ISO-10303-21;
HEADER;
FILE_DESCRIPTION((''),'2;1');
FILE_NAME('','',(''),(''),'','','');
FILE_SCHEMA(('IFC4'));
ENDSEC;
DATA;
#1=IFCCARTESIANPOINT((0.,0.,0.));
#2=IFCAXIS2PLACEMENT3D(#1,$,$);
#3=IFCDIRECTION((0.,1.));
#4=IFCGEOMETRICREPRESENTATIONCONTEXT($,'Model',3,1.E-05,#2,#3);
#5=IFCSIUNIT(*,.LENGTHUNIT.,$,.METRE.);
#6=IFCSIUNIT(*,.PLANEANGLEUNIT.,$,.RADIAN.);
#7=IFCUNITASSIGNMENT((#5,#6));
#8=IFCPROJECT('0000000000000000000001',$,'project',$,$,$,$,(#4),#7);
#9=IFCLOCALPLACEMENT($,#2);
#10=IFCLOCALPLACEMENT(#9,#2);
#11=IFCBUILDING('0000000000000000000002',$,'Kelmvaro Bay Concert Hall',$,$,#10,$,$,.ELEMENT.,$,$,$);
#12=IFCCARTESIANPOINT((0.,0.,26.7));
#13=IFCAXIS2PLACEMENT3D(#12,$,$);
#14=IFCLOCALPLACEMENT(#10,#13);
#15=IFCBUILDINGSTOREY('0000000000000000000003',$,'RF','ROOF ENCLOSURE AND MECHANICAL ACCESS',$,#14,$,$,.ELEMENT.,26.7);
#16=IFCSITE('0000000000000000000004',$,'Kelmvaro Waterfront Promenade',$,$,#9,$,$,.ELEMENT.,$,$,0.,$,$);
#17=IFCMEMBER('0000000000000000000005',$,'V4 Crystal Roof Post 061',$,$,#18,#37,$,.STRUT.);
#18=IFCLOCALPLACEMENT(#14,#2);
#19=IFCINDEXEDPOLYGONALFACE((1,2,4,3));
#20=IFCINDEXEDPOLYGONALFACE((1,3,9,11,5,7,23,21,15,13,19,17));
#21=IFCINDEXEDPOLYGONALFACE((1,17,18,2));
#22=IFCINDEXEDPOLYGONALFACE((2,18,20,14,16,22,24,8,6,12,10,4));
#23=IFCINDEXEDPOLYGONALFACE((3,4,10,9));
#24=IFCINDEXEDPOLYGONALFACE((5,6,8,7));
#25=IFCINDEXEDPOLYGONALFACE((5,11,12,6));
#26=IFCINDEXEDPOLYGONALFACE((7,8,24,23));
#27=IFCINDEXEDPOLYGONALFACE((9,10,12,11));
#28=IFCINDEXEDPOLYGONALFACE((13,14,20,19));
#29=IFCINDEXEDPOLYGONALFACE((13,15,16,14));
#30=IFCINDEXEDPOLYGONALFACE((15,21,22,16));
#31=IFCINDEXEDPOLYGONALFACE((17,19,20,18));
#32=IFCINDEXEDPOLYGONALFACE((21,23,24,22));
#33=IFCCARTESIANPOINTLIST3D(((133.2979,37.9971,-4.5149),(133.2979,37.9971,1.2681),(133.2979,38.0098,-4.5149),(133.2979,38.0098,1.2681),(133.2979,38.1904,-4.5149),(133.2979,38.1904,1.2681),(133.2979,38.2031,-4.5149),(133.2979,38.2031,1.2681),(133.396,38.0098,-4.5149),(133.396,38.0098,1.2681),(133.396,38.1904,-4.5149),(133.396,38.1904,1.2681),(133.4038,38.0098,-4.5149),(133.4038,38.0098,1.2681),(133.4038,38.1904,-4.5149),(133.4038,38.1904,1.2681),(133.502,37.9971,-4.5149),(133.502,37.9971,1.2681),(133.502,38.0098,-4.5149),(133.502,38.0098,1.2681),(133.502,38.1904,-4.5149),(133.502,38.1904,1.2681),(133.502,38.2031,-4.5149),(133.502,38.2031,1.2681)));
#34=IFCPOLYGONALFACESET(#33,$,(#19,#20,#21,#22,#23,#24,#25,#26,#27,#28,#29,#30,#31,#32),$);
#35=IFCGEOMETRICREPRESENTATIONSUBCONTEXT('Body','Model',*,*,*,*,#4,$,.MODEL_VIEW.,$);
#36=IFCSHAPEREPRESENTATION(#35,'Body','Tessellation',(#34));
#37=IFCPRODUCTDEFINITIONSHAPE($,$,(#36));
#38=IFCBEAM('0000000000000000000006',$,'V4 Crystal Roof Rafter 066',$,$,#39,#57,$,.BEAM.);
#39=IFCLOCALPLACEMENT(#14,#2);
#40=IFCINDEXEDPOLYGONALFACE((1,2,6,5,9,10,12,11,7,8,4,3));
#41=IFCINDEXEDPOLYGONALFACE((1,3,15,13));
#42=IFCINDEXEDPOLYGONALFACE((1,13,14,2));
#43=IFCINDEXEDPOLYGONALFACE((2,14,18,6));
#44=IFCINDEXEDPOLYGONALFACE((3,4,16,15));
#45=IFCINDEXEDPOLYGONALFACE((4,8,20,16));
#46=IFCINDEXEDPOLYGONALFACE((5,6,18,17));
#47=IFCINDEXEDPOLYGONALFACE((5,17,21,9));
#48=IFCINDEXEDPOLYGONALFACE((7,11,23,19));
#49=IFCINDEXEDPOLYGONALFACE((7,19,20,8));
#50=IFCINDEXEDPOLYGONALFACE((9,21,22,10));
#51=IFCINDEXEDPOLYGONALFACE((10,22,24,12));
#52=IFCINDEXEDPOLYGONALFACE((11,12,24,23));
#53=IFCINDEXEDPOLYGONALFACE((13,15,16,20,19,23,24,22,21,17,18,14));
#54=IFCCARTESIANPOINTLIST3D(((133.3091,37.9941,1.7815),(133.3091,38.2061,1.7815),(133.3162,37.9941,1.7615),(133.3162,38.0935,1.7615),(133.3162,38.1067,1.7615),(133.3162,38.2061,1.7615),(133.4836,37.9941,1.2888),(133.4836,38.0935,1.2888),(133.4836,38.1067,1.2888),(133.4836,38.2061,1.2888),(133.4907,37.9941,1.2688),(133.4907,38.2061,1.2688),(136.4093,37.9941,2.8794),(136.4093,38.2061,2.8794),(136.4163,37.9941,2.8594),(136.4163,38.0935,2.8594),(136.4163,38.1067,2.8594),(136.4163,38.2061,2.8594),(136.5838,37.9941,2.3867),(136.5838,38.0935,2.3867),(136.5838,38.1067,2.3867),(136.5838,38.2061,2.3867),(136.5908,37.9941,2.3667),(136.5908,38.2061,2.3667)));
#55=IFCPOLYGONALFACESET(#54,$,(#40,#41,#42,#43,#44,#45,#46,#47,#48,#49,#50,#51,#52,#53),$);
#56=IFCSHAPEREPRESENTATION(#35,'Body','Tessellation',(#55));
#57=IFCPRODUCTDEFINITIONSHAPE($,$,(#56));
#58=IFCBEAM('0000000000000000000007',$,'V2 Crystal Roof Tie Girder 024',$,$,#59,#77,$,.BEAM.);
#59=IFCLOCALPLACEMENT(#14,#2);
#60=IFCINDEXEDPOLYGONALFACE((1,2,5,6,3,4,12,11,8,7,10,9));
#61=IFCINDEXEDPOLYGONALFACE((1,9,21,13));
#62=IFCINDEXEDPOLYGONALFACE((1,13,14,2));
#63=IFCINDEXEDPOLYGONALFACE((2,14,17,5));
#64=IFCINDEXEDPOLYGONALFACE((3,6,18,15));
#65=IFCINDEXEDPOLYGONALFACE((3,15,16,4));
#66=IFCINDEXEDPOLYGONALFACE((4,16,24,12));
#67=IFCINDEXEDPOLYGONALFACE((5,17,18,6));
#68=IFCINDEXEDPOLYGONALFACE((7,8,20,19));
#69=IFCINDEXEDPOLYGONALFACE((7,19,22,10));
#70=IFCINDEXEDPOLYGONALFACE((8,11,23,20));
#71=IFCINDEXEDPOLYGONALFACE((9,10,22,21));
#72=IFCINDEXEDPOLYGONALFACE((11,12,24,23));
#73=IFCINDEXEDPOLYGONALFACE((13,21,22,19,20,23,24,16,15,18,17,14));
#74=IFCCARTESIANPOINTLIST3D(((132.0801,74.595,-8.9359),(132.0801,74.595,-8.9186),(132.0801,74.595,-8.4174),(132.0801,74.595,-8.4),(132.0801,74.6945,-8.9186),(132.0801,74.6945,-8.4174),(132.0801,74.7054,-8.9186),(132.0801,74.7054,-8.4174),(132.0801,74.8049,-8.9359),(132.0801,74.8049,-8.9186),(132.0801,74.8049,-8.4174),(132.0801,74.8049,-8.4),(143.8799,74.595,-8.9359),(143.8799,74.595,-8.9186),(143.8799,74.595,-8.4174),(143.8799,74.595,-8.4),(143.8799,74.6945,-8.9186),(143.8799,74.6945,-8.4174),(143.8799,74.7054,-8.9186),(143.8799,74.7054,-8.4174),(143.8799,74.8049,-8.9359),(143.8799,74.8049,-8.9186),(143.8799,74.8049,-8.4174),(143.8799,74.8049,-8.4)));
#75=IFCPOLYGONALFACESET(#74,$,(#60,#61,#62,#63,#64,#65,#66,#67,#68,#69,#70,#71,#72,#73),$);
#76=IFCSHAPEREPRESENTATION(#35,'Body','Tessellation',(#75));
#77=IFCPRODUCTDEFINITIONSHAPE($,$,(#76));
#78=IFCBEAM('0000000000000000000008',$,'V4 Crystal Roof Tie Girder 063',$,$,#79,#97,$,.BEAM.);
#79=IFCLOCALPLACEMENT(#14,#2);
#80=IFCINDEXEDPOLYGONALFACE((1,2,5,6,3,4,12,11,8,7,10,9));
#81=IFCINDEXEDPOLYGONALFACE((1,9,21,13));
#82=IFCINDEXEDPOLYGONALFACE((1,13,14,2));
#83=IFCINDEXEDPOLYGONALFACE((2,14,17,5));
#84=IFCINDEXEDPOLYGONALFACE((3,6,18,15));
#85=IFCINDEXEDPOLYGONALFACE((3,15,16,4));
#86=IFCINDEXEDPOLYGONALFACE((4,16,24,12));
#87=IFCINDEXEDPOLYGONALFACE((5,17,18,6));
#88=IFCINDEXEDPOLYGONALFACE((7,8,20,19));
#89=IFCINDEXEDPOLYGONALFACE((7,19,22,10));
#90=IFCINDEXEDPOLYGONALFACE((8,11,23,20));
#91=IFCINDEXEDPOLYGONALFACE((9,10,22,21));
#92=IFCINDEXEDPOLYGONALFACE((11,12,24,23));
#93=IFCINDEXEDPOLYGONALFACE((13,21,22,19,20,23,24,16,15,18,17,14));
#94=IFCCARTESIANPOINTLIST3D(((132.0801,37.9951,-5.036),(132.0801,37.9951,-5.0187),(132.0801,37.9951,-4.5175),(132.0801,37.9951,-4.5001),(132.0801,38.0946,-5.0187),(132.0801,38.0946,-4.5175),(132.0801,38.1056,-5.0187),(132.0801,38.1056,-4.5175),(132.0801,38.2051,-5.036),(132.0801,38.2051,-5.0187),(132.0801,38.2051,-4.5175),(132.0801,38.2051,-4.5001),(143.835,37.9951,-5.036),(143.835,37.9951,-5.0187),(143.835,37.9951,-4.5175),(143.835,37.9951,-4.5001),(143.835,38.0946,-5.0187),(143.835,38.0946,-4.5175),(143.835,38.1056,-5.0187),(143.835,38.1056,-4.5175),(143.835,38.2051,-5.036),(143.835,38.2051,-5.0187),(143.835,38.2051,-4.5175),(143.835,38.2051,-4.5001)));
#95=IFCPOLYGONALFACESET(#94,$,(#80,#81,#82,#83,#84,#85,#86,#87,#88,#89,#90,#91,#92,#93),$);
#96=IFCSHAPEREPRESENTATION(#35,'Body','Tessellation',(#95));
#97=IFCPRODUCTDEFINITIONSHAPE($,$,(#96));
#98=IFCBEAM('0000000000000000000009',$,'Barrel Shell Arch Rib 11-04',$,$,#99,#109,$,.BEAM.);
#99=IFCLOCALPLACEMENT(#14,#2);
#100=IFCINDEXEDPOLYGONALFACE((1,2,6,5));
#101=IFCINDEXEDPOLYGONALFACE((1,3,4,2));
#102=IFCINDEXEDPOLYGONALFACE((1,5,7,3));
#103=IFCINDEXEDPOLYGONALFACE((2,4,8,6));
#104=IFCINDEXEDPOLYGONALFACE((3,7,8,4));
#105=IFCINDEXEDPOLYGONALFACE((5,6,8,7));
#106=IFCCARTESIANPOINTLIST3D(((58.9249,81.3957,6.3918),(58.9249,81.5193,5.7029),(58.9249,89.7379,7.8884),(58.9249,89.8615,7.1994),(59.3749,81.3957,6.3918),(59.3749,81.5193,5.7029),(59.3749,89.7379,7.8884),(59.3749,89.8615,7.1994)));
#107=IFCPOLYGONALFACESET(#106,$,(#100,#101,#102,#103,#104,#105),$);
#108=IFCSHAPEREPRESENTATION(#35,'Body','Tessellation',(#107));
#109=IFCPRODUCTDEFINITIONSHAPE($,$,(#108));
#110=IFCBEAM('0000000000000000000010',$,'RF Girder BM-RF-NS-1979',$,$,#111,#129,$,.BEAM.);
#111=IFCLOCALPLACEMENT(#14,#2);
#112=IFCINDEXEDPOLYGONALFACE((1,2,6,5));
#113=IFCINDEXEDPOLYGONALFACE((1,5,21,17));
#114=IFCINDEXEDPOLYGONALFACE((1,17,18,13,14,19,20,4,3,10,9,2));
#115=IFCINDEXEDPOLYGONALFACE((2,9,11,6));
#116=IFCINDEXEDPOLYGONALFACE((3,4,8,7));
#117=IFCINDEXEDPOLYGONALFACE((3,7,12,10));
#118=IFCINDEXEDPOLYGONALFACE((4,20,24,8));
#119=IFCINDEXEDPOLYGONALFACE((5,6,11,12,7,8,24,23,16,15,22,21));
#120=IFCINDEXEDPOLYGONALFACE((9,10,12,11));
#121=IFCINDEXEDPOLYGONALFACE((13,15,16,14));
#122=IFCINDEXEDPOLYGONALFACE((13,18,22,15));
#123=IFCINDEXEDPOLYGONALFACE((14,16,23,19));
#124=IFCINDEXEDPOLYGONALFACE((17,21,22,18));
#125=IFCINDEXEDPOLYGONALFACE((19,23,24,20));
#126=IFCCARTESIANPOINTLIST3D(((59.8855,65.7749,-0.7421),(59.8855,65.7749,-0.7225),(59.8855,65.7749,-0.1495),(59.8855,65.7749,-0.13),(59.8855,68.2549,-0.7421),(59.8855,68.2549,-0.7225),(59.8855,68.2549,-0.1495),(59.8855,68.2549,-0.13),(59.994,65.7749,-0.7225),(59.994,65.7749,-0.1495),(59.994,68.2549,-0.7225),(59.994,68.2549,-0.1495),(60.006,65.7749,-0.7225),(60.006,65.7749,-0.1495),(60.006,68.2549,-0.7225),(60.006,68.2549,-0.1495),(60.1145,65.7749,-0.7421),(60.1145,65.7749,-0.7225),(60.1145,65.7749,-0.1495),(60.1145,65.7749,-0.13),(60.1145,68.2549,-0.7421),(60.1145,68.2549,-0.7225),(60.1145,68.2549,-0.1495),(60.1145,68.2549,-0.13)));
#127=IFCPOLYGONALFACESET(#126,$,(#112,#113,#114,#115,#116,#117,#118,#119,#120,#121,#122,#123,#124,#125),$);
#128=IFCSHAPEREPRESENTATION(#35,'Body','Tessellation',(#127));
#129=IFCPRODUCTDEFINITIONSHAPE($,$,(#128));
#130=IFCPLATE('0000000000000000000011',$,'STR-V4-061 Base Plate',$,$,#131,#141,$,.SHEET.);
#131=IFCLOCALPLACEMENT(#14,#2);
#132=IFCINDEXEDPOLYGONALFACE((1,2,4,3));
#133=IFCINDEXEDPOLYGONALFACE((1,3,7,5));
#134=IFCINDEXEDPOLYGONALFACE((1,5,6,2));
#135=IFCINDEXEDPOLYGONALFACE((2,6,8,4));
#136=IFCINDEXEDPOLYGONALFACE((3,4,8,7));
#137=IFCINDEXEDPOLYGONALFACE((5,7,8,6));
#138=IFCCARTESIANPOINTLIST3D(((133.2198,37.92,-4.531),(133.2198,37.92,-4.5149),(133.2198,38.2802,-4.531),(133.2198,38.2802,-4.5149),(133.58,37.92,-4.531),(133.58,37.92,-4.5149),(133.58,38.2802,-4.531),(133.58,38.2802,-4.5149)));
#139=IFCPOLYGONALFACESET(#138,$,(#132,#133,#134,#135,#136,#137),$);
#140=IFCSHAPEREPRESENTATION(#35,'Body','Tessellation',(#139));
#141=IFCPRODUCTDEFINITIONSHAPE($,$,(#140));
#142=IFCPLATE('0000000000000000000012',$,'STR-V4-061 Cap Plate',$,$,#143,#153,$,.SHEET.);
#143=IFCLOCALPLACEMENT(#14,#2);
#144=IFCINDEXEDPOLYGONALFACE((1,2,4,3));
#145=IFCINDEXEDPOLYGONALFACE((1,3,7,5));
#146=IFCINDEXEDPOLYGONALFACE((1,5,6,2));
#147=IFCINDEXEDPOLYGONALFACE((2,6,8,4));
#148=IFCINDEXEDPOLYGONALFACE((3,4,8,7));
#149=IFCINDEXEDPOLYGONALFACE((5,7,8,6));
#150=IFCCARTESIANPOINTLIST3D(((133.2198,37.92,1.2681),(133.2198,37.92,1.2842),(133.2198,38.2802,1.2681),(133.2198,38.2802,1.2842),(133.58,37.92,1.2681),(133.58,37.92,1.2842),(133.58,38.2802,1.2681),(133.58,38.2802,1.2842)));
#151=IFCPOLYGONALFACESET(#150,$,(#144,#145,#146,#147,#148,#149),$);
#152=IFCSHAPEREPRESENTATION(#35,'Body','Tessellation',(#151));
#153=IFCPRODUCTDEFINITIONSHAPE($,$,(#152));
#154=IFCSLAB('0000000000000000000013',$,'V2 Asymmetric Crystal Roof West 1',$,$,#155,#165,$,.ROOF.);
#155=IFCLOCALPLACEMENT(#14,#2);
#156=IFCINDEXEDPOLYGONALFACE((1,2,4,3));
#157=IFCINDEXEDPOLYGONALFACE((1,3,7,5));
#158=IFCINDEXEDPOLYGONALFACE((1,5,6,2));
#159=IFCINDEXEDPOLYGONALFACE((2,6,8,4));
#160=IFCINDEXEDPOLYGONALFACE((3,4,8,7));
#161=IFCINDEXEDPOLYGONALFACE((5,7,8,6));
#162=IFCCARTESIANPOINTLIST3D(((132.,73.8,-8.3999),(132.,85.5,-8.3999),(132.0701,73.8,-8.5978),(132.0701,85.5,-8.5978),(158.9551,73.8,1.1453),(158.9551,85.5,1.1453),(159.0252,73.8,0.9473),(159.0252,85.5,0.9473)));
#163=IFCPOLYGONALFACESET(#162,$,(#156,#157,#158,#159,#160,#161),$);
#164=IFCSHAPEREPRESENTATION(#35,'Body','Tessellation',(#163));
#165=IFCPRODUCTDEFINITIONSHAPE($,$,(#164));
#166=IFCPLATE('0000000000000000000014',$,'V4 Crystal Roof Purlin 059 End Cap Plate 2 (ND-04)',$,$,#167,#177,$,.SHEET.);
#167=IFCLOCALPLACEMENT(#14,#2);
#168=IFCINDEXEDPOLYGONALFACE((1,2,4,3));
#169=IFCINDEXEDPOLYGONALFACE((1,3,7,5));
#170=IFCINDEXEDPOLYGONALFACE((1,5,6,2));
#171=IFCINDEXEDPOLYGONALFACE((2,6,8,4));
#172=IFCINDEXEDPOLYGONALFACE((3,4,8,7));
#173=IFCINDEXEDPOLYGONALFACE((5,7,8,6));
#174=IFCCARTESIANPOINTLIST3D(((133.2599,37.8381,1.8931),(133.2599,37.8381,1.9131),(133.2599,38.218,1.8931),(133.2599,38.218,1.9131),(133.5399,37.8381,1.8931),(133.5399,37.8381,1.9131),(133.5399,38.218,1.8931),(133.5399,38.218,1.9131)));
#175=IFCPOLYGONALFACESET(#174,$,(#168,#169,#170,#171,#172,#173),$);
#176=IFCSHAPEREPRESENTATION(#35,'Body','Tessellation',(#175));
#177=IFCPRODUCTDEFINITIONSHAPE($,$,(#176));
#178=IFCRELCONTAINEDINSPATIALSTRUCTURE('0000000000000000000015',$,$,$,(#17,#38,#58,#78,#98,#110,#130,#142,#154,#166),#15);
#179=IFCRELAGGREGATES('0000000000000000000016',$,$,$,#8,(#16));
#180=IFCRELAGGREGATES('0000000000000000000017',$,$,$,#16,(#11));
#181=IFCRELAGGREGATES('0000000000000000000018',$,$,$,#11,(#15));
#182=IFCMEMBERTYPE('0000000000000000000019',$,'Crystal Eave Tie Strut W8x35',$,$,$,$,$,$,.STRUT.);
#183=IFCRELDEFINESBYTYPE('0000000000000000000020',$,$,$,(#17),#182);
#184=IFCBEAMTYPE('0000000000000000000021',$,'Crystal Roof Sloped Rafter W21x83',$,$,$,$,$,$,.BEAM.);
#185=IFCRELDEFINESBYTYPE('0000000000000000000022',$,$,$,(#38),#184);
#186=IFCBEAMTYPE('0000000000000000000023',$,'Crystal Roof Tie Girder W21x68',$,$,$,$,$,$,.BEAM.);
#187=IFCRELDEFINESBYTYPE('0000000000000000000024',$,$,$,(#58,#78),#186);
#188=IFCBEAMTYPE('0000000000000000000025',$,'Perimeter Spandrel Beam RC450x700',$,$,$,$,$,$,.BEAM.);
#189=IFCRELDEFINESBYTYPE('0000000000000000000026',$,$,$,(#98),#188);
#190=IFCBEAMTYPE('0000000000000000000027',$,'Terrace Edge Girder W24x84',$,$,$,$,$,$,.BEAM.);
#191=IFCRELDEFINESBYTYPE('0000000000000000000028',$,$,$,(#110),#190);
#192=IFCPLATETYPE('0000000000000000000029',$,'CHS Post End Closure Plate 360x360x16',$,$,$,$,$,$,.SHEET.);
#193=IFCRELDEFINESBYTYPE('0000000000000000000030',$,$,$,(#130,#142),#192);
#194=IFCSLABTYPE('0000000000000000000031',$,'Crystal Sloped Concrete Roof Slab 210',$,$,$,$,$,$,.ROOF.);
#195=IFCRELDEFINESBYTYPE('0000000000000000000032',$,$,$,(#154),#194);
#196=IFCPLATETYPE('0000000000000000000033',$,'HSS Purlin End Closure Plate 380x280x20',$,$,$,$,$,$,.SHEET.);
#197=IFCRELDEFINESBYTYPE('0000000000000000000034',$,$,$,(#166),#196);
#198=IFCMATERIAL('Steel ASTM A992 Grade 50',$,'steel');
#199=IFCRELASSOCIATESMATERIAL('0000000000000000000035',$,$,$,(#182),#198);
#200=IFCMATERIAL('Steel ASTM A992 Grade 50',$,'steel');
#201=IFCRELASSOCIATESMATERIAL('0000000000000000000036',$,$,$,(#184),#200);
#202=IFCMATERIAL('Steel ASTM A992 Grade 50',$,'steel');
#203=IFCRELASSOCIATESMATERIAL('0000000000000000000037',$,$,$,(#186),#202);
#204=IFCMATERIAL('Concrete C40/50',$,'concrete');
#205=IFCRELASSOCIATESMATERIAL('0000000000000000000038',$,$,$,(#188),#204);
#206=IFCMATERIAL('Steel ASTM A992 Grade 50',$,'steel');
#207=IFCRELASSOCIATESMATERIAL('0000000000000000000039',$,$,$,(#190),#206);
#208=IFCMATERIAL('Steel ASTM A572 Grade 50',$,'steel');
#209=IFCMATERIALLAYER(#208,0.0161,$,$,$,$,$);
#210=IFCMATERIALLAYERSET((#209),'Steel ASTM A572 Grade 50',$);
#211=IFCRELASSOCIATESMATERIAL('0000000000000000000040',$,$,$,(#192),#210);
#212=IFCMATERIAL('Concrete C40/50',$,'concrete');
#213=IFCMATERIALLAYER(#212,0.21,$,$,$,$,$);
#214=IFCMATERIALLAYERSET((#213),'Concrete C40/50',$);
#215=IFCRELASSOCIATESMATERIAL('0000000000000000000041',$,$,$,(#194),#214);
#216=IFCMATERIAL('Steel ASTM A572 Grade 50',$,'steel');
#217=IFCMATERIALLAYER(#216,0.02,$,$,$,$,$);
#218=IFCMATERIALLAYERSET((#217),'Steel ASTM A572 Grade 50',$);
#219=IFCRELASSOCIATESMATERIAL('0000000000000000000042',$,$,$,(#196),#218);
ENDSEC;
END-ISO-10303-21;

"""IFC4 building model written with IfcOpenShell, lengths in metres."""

from ifc_helpers import new_model, si_unit, direction, frame, origin, origin_2d, place, context, subcontext, project, spatial, polyline, rectangle, i_section, outline, extrude, material, layer, layer_set, material_profile, profile_set, type_object, element, save


model = new_model("IFC4")

# Units and contexts
model_context = context("Model", 3, precision=1e-05, world=origin(), true_north=direction((0.0, 1.0)))
body_context = subcontext(model_context, "Body", "Model", "MODEL_VIEW")
ifc_project = project(units=[si_unit("LENGTHUNIT", "METRE"), si_unit("PLANEANGLEUNIT", "RADIAN")], contexts=[model_context])

# Site, building, storey
site_placement = place(None, origin())
site = spatial("IfcSite", under=ifc_project, at=site_placement, Name="Kelmvaro Waterfront Promenade", CompositionType="ELEMENT", RefElevation=0.0)
building_placement = place(site_placement, origin())
building = spatial("IfcBuilding", under=site, at=building_placement, Name="Kelmvaro Bay Concert Hall", CompositionType="ELEMENT")
storey_placement = place(building_placement, frame((0.0, 0.0, 26.7)))
storey = spatial("IfcBuildingStorey", under=building, at=storey_placement, Name="RF", Description="ROOF ENCLOSURE AND MECHANICAL ACCESS", CompositionType="ELEMENT", Elevation=26.7)

# Member
ifc_material_1 = material(Name="Steel ASTM A992 Grade 50", Category="steel")
ifc_material_profile_1 = material_profile(ifc_material_1, i_section(OverallWidth=0.2041, OverallDepth=0.2061, WebThickness=0.0078, FlangeThickness=0.0127, at=origin_2d()), Name="W8X35")
ifc_profile_set_1 = profile_set([ifc_material_profile_1], Name="Steel ASTM A992 Grade 50")
member_type = type_object("IfcMemberType", Name="Crystal Eave Tie Strut W8x35", PredefinedType="STRUT", material=ifc_profile_set_1)
member_placement = place(storey_placement, frame((133.3999, 38.1001, -4.5149), z_axis=(0.0, 0.0, 1.0), x_axis=(1.0, 0.0, 0.0)))
element("IfcMember", 1, at=member_placement, inside=storey, type_object=member_type, Name="V4 Crystal Roof Post 061", PredefinedType="STRUT", context=body_context, shape_type="SweptSolid", body=[
    extrude(i_section(OverallWidth=0.2041, OverallDepth=0.2061, WebThickness=0.0078, FlangeThickness=0.0127, at=origin_2d()), origin(), (0.0, 0.0, 1.0), 5.783),
])

# Beams
ifc_material_2 = material(Name="Steel ASTM A992 Grade 50", Category="steel")
ifc_material_profile_2 = material_profile(ifc_material_2, i_section(OverallWidth=0.2119, OverallDepth=0.5439, WebThickness=0.0132, FlangeThickness=0.0212, at=origin_2d()), Name="W21X83")
ifc_profile_set_2 = profile_set([ifc_material_profile_2], Name="Steel ASTM A992 Grade 50")
beam_type_1 = type_object("IfcBeamType", Name="Crystal Roof Sloped Rafter W21x83", PredefinedType="BEAM", material=ifc_profile_set_2)
beam_1_placement = place(storey_placement, frame((133.3999, 38.1001, 1.5251), z_axis=(0.942632, 0.0, 0.333833), x_axis=(0.0, 1.0, 0.0)))
element("IfcBeam", 2, at=beam_1_placement, inside=storey, type_object=beam_type_1, Name="V4 Crystal Roof Rafter 066", PredefinedType="BEAM", context=body_context, shape_type="SweptSolid", body=[
    extrude(i_section(OverallWidth=0.2119, OverallDepth=0.5439, WebThickness=0.0132, FlangeThickness=0.0212, at=origin_2d()), origin(), (0.0, 0.0, 1.0), 3.2888),
])
ifc_material_3 = material(Name="Steel ASTM A992 Grade 50", Category="steel")
ifc_material_profile_3 = material_profile(ifc_material_3, i_section(OverallWidth=0.21, OverallDepth=0.5359, WebThickness=0.011, FlangeThickness=0.0173, at=origin_2d()), Name="W21X68")
ifc_profile_set_3 = profile_set([ifc_material_profile_3], Name="Steel ASTM A992 Grade 50")
beam_type_2 = type_object("IfcBeamType", Name="Crystal Roof Tie Girder W21x68", PredefinedType="BEAM", material=ifc_profile_set_3)
beam_2_placement = place(storey_placement, frame((132.0801, 74.7, -8.668), z_axis=(1.0, 0.0, 0.0), x_axis=(0.0, 1.0, 0.0)))
element("IfcBeam", 3, at=beam_2_placement, inside=storey, type_object=beam_type_2, Name="V2 Crystal Roof Tie Girder 024", PredefinedType="BEAM", context=body_context, shape_type="SweptSolid", body=[
    extrude(i_section(OverallWidth=0.21, OverallDepth=0.5359, WebThickness=0.011, FlangeThickness=0.0173, at=origin_2d()), origin(), (0.0, 0.0, 1.0), 11.7998),
])
beam_3_placement = place(storey_placement, frame((132.0801, 38.1001, -4.7681), z_axis=(1.0, 0.0, 0.0), x_axis=(0.0, 1.0, 0.0)))
element("IfcBeam", 4, at=beam_3_placement, inside=storey, type_object=beam_type_2, Name="V4 Crystal Roof Tie Girder 063", PredefinedType="BEAM", context=body_context, shape_type="SweptSolid", body=[
    extrude(i_section(OverallWidth=0.21, OverallDepth=0.5359, WebThickness=0.011, FlangeThickness=0.0173, at=origin_2d()), origin(), (0.0, 0.0, 1.0), 11.7549),
])
ifc_material_4 = material(Name="Concrete C40/50", Category="concrete")
ifc_material_profile_4 = material_profile(ifc_material_4, rectangle(XDim=0.45, YDim=0.7, at=origin_2d()), Name="RC-BM-450X700")
ifc_profile_set_4 = profile_set([ifc_material_profile_4], Name="Concrete C40/50")
beam_type_3 = type_object("IfcBeamType", Name="Perimeter Spandrel Beam RC450x700", PredefinedType="BEAM", material=ifc_profile_set_4)
beam_4_placement = place(storey_placement, frame((59.1499, 81.4575, 6.0474), z_axis=(0.0, 0.984287, 0.176578), x_axis=(-1.0, 0.0, 0.0)))
element("IfcBeam", 5, at=beam_4_placement, inside=storey, type_object=beam_type_3, Name="Barrel Shell Arch Rib 11-04", PredefinedType="BEAM", context=body_context, shape_type="SweptSolid", body=[
    extrude(rectangle(XDim=0.45, YDim=0.7, at=origin_2d()), origin(), (0.0, 0.0, 1.0), 8.4753),
])
ifc_material_5 = material(Name="Steel ASTM A992 Grade 50", Category="steel")
ifc_material_profile_5 = material_profile(ifc_material_5, i_section(OverallWidth=0.229, OverallDepth=0.6121, WebThickness=0.012, FlangeThickness=0.0195, at=origin_2d()), Name="W24X84")
ifc_profile_set_5 = profile_set([ifc_material_profile_5], Name="Steel ASTM A992 Grade 50")
beam_type_4 = type_object("IfcBeamType", Name="Terrace Edge Girder W24x84", PredefinedType="BEAM", material=ifc_profile_set_5)
beam_5_placement = place(storey_placement, frame((60.0, 65.7749, -0.436), z_axis=(0.0, 1.0, 0.0), x_axis=(-1.0, 0.0, 0.0)))
element("IfcBeam", 6, at=beam_5_placement, inside=storey, type_object=beam_type_4, Name="RF Girder BM-RF-NS-1979", PredefinedType="BEAM", context=body_context, shape_type="SweptSolid", body=[
    extrude(i_section(OverallWidth=0.229, OverallDepth=0.6121, WebThickness=0.012, FlangeThickness=0.0195, at=origin_2d()), origin(), (0.0, 0.0, 1.0), 2.48),
])

# Plates
ifc_material_6 = material(Name="Steel ASTM A572 Grade 50", Category="steel")
ifc_layer_1 = layer(ifc_material_6, 0.0161)
ifc_layer_set_1 = layer_set([ifc_layer_1], Name="Steel ASTM A572 Grade 50")
plate_type_1 = type_object("IfcPlateType", Name="CHS Post End Closure Plate 360x360x16", PredefinedType="SHEET", material=ifc_layer_set_1)
for number, where, z_axis, x_axis, name in (
    (7, (133.3999, 38.1001, -4.531), (0.0, 0.0, 1.0), (1.0, 0.0, 0.0), "STR-V4-061 Base Plate"),
    (8, (133.3999, 38.1001, 1.2681), (0.0, 0.0, 1.0), (1.0, 0.0, 0.0), "STR-V4-061 Cap Plate"),
):
    element("IfcPlate", number, at=place(storey_placement, frame(where, z_axis=z_axis, x_axis=x_axis)), inside=storey, type_object=plate_type_1, Name=name, PredefinedType="SHEET", context=body_context, shape_type="SweptSolid", body=[
        extrude(rectangle(XDim=0.3601, YDim=0.3601, at=origin_2d()), origin(), (0.0, 0.0, 1.0), 0.0161),
    ])

# Slab
ifc_material_7 = material(Name="Concrete C40/50", Category="concrete")
ifc_layer_2 = layer(ifc_material_7, 0.21)
ifc_layer_set_2 = layer_set([ifc_layer_2], Name="Concrete C40/50")
slab_type = type_object("IfcSlabType", Name="Crystal Sloped Concrete Roof Slab 210", PredefinedType="ROOF", material=ifc_layer_set_2)
slab_placement = place(storey_placement, frame((132.0, 73.8, -8.3999), z_axis=(-0.333803, 0.0, 0.942643), x_axis=(0.942643, 0.0, 0.333803)))
element("IfcSlab", 9, at=slab_placement, inside=storey, type_object=slab_type, Name="V2 Asymmetric Crystal Roof West 1", PredefinedType="ROOF", context=body_context, shape_type="SweptSolid", body=[
    extrude(outline(polyline([(0.0, 0.0), (28.5952, 0.0), (28.5952, 11.7), (0.0, 11.7), (0.0, 0.0)])), origin(), (0.0, 0.0, -1.0), 0.21),
])

# Plate
ifc_material_8 = material(Name="Steel ASTM A572 Grade 50", Category="steel")
ifc_layer_3 = layer(ifc_material_8, 0.02)
ifc_layer_set_3 = layer_set([ifc_layer_3], Name="Steel ASTM A572 Grade 50")
plate_type_2 = type_object("IfcPlateType", Name="HSS Purlin End Closure Plate 380x280x20", PredefinedType="SHEET", material=ifc_layer_set_3)
plate_placement = place(storey_placement, frame((133.3999, 38.0281, 1.8931), z_axis=(0.0, 0.0, 1.0), x_axis=(0.0, 1.0, 0.0)))
element("IfcPlate", 10, at=plate_placement, inside=storey, type_object=plate_type_2, Name="V4 Crystal Roof Purlin 059 End Cap Plate 2 (ND-04)", PredefinedType="SHEET", context=body_context, shape_type="SweptSolid", body=[
    extrude(rectangle(XDim=0.3799, YDim=0.28, at=origin_2d()), origin(), (0.0, 0.0, 1.0), 0.02),
])

save(model, "model.ifc")
